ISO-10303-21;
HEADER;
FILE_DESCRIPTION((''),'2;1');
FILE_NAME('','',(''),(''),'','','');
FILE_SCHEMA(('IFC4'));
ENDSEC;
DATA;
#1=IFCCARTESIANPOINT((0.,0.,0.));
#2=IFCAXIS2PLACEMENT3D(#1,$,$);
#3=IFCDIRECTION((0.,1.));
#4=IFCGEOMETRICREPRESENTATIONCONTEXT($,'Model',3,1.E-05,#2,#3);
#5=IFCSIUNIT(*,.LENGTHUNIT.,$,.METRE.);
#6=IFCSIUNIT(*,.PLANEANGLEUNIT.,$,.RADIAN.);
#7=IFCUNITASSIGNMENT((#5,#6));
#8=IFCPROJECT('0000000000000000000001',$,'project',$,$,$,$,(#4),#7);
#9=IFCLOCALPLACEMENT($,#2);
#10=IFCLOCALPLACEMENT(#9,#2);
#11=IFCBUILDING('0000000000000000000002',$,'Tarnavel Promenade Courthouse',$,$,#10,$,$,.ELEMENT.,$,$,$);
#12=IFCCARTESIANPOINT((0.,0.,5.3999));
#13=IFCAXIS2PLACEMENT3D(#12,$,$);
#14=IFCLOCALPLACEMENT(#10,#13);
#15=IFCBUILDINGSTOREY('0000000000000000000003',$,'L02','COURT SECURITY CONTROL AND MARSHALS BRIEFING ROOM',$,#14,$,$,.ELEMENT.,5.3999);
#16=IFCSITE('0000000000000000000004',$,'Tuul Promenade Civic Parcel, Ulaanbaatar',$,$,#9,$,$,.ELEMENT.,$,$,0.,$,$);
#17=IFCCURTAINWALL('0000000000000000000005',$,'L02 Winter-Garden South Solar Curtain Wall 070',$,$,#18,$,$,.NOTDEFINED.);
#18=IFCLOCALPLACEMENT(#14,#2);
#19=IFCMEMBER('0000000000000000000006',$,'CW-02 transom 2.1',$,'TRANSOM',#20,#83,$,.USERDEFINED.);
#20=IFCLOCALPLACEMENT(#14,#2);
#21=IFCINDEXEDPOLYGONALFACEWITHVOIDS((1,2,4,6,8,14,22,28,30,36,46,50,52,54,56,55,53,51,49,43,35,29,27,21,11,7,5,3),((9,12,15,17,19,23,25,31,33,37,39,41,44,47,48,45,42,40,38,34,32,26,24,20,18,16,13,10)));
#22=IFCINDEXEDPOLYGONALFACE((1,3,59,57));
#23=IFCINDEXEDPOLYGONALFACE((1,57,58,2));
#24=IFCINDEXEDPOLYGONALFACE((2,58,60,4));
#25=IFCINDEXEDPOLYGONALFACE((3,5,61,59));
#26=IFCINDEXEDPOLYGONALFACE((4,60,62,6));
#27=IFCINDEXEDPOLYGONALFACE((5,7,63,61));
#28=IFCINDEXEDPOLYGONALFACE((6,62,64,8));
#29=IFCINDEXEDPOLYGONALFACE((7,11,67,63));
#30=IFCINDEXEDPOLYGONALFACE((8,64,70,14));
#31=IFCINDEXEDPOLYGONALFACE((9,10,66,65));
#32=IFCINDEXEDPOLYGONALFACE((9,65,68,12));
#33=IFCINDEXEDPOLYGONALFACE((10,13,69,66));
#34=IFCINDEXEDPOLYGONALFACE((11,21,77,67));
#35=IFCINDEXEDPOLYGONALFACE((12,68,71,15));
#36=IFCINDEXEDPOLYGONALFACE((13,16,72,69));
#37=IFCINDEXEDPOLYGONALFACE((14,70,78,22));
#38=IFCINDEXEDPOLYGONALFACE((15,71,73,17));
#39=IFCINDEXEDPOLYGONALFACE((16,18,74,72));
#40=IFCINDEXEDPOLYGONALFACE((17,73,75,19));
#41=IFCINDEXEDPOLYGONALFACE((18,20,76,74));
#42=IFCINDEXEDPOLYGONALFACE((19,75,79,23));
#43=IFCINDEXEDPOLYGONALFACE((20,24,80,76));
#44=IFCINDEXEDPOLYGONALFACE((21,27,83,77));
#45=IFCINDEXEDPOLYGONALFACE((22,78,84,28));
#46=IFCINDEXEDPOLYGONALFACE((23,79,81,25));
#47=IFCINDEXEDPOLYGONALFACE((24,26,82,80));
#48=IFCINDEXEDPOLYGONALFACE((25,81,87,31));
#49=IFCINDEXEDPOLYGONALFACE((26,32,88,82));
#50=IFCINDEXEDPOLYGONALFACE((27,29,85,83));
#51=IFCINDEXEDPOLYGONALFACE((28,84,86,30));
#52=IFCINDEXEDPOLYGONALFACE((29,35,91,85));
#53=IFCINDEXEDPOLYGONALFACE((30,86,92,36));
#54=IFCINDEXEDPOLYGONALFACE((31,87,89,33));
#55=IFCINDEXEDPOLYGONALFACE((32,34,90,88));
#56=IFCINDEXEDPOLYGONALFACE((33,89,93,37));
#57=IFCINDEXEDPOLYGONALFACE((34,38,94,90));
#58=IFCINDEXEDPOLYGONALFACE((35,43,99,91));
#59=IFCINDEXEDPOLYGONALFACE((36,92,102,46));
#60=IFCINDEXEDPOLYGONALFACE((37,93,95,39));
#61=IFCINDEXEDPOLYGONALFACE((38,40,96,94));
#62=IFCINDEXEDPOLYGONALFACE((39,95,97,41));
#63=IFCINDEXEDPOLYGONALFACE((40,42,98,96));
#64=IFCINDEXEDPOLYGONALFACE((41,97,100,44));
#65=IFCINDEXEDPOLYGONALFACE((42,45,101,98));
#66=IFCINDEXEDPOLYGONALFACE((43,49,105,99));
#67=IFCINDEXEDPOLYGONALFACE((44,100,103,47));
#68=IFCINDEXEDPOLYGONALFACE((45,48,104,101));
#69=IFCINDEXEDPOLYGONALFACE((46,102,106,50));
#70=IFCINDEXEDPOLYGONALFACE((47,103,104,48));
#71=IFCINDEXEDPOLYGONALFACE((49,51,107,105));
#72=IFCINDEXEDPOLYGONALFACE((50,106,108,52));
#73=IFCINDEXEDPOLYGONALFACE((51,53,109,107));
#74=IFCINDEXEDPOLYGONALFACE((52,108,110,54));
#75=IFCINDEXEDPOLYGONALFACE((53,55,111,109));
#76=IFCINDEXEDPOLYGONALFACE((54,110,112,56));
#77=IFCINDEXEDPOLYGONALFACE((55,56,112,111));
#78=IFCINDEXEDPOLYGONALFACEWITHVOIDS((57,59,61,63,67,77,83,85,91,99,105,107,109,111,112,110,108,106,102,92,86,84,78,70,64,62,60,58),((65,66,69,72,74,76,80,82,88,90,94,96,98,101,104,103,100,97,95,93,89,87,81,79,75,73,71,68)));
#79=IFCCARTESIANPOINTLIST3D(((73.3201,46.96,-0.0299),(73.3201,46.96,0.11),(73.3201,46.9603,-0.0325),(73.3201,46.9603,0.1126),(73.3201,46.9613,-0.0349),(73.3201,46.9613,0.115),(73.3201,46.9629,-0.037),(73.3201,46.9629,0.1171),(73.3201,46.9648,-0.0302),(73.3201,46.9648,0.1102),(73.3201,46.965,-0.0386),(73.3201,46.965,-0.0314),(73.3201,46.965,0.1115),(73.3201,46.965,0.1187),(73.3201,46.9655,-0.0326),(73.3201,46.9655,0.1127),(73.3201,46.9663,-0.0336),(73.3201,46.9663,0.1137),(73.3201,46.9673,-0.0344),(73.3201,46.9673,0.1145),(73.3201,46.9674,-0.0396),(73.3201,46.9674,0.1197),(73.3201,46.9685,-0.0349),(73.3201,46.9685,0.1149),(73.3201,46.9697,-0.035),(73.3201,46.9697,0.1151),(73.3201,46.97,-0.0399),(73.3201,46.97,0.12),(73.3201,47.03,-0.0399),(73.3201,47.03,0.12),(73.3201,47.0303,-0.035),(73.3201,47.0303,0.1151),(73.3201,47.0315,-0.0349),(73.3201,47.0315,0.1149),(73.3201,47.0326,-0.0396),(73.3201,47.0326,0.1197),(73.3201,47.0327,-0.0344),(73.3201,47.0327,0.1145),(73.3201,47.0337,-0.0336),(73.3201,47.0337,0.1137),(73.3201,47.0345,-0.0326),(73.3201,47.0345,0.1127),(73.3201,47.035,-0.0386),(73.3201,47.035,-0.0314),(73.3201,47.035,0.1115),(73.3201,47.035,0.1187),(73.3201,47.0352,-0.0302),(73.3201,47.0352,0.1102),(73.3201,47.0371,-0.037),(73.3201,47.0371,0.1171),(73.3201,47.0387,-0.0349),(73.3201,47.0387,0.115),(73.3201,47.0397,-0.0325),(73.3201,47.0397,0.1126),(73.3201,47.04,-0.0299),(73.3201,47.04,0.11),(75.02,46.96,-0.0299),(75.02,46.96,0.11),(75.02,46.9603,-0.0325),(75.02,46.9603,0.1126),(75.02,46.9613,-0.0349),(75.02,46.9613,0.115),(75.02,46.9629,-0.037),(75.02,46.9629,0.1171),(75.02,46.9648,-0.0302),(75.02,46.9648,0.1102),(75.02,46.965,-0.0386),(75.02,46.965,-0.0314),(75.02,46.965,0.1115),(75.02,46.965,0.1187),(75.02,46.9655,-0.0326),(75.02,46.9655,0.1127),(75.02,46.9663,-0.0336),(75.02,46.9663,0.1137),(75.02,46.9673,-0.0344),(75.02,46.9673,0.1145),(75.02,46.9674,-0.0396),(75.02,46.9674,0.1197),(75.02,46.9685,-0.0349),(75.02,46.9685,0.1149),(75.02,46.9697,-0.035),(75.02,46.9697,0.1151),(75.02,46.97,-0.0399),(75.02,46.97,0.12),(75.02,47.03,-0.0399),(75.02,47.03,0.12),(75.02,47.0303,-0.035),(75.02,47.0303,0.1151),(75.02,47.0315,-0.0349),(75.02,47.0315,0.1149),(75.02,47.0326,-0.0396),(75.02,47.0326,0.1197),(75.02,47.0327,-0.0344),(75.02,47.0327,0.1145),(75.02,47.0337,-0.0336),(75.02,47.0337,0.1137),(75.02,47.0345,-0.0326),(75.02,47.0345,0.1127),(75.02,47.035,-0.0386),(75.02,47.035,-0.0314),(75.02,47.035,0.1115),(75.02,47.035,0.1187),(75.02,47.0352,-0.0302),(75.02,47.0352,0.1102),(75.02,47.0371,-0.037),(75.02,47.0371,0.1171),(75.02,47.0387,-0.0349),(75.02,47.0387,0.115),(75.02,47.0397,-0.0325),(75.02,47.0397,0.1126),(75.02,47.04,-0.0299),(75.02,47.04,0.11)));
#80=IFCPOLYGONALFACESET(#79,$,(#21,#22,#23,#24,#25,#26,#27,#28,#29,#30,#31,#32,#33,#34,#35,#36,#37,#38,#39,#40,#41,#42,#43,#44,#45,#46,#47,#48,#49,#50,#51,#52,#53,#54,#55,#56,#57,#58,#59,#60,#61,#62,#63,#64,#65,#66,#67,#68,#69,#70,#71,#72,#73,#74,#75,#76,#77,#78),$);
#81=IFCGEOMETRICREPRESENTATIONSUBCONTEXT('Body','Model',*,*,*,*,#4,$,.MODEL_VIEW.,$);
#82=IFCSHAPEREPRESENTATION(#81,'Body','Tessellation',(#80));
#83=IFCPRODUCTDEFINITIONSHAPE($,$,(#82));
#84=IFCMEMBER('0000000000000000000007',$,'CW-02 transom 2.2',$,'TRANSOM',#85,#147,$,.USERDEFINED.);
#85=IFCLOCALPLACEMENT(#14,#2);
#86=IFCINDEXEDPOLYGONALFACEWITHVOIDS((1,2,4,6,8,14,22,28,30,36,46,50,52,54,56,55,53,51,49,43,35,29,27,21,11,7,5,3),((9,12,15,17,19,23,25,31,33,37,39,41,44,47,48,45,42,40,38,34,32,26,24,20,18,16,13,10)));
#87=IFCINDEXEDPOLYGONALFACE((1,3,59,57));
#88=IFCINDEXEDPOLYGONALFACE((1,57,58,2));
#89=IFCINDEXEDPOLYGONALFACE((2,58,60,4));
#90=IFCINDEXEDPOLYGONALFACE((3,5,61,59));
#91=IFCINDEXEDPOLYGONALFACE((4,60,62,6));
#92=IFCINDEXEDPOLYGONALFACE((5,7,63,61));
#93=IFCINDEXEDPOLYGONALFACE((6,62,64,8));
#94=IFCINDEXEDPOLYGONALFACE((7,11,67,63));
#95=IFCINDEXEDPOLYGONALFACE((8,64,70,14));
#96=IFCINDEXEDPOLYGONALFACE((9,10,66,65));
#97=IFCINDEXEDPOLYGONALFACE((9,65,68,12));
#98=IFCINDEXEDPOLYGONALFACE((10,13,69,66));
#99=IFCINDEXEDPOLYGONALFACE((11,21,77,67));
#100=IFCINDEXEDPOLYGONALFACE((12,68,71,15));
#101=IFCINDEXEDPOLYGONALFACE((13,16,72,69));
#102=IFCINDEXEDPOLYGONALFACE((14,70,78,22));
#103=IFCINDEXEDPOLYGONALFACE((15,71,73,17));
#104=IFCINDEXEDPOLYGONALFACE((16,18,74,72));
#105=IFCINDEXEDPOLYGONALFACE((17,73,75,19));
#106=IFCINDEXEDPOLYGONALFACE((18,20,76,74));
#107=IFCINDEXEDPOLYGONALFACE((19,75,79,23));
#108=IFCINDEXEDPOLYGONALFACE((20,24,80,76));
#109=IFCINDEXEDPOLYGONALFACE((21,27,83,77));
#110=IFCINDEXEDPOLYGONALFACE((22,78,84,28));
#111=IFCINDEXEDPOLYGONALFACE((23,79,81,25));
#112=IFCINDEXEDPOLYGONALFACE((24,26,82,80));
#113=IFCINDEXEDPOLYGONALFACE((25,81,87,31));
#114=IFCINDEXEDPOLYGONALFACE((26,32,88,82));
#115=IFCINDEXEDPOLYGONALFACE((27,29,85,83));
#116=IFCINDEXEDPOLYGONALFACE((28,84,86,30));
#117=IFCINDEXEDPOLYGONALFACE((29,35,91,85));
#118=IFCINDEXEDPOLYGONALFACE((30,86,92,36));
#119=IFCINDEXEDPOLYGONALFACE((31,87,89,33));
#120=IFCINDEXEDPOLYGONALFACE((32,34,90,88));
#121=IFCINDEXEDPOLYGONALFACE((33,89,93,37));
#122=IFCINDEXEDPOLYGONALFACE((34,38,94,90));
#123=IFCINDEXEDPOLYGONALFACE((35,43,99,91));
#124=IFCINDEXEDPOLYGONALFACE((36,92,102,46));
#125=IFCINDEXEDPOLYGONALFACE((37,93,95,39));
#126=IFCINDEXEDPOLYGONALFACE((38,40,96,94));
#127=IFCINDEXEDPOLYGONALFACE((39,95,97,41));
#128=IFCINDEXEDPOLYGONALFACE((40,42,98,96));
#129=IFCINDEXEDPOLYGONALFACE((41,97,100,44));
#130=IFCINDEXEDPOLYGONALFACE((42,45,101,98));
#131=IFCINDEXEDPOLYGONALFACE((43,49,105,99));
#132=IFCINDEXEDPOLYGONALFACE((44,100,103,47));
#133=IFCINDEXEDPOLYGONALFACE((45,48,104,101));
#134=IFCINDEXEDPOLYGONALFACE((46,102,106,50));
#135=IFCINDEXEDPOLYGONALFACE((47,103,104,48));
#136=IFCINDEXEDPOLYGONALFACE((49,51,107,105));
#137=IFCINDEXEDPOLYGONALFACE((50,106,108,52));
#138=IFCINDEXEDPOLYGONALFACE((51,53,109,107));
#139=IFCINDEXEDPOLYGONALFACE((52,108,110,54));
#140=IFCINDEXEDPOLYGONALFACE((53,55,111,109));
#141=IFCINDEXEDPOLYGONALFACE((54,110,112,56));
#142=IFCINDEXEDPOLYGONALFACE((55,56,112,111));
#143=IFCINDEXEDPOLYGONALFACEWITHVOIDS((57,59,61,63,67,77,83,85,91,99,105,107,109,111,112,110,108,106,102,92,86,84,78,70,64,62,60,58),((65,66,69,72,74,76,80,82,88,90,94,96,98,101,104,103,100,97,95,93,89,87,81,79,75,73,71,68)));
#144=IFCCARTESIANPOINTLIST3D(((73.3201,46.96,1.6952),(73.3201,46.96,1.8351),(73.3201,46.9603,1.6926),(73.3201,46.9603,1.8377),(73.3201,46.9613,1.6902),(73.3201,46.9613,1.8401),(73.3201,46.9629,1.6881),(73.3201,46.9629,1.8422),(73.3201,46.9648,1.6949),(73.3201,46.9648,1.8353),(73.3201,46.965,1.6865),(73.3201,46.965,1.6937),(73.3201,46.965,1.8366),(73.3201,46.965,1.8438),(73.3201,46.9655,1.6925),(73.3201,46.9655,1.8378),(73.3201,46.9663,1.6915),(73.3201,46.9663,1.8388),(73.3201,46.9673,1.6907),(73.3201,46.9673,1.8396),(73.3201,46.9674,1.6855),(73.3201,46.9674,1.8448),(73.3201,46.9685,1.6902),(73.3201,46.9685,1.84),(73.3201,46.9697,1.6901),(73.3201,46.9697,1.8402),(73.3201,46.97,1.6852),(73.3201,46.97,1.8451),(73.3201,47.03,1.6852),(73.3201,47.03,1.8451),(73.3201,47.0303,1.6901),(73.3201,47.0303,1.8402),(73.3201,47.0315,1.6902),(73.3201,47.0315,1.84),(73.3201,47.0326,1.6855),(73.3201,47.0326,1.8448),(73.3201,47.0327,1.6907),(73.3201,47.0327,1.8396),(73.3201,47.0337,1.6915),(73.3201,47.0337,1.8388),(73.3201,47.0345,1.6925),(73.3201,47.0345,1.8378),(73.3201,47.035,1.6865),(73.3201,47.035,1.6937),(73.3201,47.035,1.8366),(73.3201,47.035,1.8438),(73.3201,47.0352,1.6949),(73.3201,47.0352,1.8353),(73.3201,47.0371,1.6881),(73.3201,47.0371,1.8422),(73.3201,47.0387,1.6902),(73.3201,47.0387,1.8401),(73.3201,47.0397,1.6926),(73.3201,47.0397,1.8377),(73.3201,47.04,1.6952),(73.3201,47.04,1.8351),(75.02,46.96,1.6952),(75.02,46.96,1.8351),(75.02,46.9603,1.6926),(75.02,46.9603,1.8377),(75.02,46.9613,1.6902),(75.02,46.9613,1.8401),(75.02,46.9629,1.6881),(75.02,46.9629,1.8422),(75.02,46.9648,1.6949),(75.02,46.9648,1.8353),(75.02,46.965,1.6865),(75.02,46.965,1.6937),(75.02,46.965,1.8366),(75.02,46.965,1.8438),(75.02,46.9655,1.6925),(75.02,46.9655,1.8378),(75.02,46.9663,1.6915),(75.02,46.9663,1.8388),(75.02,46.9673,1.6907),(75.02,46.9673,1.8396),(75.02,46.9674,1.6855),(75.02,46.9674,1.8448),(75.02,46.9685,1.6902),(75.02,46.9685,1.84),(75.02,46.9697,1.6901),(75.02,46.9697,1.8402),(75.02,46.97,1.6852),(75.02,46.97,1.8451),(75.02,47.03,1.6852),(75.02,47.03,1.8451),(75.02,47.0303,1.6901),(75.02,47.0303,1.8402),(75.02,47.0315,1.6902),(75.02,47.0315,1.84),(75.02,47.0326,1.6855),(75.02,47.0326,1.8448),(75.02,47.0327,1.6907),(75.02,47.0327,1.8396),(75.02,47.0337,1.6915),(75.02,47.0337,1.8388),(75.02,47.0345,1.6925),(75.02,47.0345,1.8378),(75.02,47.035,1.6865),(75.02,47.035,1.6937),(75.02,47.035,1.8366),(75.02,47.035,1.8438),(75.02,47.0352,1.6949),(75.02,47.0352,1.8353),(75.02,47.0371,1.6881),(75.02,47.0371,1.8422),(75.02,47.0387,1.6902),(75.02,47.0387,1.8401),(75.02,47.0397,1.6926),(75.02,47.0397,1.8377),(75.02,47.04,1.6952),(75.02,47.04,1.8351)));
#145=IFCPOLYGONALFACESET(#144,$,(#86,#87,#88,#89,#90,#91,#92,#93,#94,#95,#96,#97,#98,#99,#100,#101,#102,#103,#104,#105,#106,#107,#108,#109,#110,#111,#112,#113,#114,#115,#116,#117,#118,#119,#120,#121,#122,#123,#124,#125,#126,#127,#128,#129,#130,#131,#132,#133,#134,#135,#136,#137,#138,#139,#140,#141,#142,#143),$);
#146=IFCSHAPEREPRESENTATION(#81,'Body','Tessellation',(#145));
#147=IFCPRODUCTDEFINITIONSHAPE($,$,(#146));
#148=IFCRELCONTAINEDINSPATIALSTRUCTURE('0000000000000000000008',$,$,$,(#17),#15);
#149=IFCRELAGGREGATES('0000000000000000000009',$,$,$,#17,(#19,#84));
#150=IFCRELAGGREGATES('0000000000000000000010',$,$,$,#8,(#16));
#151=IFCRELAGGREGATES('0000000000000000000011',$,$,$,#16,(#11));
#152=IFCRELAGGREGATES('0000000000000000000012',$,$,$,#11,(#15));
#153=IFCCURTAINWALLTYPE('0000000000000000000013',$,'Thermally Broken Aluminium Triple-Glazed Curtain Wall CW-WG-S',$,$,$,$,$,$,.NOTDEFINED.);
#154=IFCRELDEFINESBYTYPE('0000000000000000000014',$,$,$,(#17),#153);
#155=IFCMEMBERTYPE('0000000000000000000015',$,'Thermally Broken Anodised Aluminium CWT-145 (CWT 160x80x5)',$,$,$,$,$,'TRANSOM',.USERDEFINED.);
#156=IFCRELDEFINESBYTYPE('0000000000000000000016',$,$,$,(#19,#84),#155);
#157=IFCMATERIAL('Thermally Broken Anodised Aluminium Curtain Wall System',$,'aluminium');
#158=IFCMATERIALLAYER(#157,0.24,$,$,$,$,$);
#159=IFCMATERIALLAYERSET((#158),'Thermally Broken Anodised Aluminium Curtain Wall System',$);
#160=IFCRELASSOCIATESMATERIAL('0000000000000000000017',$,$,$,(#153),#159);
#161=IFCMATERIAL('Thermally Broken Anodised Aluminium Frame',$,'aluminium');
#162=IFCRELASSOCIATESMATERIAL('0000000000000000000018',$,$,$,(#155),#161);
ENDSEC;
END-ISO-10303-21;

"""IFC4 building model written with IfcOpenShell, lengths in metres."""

from ifc_helpers import new_model, si_unit, direction, frame, origin, origin_2d, place, context, subcontext, project, spatial, hollow_rectangle, extrude, material, layer, layer_set, material_profile, profile_set, type_object, element, aggregate, save


model = new_model("IFC4")

# Units and contexts
model_context = context("Model", 3, precision=1e-05, world=origin(), true_north=direction((0.0, 1.0)))
body_context = subcontext(model_context, "Body", "Model", "MODEL_VIEW")
ifc_project = project(units=[si_unit("LENGTHUNIT", "METRE"), si_unit("PLANEANGLEUNIT", "RADIAN")], contexts=[model_context])

# Site, building, storey
site_placement = place(None, origin())
site = spatial("IfcSite", under=ifc_project, at=site_placement, Name="Tuul Promenade Civic Parcel, Ulaanbaatar", CompositionType="ELEMENT", RefElevation=0.0)
building_placement = place(site_placement, origin())
building = spatial("IfcBuilding", under=site, at=building_placement, Name="Tarnavel Promenade Courthouse", CompositionType="ELEMENT")
storey_placement = place(building_placement, frame((0.0, 0.0, 5.3999)))
storey = spatial("IfcBuildingStorey", under=building, at=storey_placement, Name="L02", Description="COURT SECURITY CONTROL AND MARSHALS BRIEFING ROOM", CompositionType="ELEMENT", Elevation=5.3999)

# Curtain wall
ifc_material_1 = material(Name="Thermally Broken Anodised Aluminium Curtain Wall System", Category="aluminium")
ifc_layer_1 = layer(ifc_material_1, 0.24)
ifc_layer_set_1 = layer_set([ifc_layer_1], Name="Thermally Broken Anodised Aluminium Curtain Wall System")
curtain_wall_type = type_object("IfcCurtainWallType", Name="Thermally Broken Aluminium Triple-Glazed Curtain Wall CW-WG-S", PredefinedType="NOTDEFINED", material=ifc_layer_set_1)
ifc_material_2 = material(Name="Thermally Broken Anodised Aluminium Frame", Category="aluminium")
curtain_wall_1_placement = place(storey_placement, origin())
curtain_wall_1 = element("IfcCurtainWall", 1, at=curtain_wall_1_placement, inside=storey, type_object=curtain_wall_type, Name="L02 Winter-Garden South Solar Curtain Wall 070", PredefinedType="NOTDEFINED")

# Members
ifc_material_profile_1 = material_profile(ifc_material_2, hollow_rectangle(XDim=0.0801, YDim=0.1599, WallThickness=0.0049, InnerFilletRadius=0.0049, OuterFilletRadius=0.01, at=origin_2d()), Name="CWT 160x80x5")
ifc_profile_set_1 = profile_set([ifc_material_profile_1], Name="Thermally Broken Anodised Aluminium Frame")
member_type_1 = type_object("IfcMemberType", Name="Thermally Broken Anodised Aluminium CWT-145 (CWT 160x80x5)", ElementType="TRANSOM", PredefinedType="USERDEFINED", material=ifc_profile_set_1)
member_1_placement = place(storey_placement, frame((73.3201, 47.0, 0.04), z_axis=(1.0, 0.0, 0.0), x_axis=(0.0, 1.0, 0.0)))
member_1 = element("IfcMember", 2, at=member_1_placement, type_object=member_type_1, Name="CW-02 transom 2.1", ObjectType="TRANSOM", PredefinedType="USERDEFINED", context=body_context, shape_type="SweptSolid", body=[
    extrude(hollow_rectangle(XDim=0.0801, YDim=0.1599, WallThickness=0.0049, InnerFilletRadius=0.0049, OuterFilletRadius=0.01, at=origin_2d()), origin(), (0.0, 0.0, 1.0), 1.7),
])
member_2_placement = place(storey_placement, frame((73.3201, 47.0, 1.7651), z_axis=(1.0, 0.0, 0.0), x_axis=(0.0, 1.0, 0.0)))
member_2 = element("IfcMember", 3, at=member_2_placement, type_object=member_type_1, Name="CW-02 transom 2.2", ObjectType="TRANSOM", PredefinedType="USERDEFINED", context=body_context, shape_type="SweptSolid", body=[
    extrude(hollow_rectangle(XDim=0.0801, YDim=0.1599, WallThickness=0.0049, InnerFilletRadius=0.0049, OuterFilletRadius=0.01, at=origin_2d()), origin(), (0.0, 0.0, 1.0), 1.7),
])

aggregate(curtain_wall_1, [member_1, member_2])

save(model, "model.ifc")
